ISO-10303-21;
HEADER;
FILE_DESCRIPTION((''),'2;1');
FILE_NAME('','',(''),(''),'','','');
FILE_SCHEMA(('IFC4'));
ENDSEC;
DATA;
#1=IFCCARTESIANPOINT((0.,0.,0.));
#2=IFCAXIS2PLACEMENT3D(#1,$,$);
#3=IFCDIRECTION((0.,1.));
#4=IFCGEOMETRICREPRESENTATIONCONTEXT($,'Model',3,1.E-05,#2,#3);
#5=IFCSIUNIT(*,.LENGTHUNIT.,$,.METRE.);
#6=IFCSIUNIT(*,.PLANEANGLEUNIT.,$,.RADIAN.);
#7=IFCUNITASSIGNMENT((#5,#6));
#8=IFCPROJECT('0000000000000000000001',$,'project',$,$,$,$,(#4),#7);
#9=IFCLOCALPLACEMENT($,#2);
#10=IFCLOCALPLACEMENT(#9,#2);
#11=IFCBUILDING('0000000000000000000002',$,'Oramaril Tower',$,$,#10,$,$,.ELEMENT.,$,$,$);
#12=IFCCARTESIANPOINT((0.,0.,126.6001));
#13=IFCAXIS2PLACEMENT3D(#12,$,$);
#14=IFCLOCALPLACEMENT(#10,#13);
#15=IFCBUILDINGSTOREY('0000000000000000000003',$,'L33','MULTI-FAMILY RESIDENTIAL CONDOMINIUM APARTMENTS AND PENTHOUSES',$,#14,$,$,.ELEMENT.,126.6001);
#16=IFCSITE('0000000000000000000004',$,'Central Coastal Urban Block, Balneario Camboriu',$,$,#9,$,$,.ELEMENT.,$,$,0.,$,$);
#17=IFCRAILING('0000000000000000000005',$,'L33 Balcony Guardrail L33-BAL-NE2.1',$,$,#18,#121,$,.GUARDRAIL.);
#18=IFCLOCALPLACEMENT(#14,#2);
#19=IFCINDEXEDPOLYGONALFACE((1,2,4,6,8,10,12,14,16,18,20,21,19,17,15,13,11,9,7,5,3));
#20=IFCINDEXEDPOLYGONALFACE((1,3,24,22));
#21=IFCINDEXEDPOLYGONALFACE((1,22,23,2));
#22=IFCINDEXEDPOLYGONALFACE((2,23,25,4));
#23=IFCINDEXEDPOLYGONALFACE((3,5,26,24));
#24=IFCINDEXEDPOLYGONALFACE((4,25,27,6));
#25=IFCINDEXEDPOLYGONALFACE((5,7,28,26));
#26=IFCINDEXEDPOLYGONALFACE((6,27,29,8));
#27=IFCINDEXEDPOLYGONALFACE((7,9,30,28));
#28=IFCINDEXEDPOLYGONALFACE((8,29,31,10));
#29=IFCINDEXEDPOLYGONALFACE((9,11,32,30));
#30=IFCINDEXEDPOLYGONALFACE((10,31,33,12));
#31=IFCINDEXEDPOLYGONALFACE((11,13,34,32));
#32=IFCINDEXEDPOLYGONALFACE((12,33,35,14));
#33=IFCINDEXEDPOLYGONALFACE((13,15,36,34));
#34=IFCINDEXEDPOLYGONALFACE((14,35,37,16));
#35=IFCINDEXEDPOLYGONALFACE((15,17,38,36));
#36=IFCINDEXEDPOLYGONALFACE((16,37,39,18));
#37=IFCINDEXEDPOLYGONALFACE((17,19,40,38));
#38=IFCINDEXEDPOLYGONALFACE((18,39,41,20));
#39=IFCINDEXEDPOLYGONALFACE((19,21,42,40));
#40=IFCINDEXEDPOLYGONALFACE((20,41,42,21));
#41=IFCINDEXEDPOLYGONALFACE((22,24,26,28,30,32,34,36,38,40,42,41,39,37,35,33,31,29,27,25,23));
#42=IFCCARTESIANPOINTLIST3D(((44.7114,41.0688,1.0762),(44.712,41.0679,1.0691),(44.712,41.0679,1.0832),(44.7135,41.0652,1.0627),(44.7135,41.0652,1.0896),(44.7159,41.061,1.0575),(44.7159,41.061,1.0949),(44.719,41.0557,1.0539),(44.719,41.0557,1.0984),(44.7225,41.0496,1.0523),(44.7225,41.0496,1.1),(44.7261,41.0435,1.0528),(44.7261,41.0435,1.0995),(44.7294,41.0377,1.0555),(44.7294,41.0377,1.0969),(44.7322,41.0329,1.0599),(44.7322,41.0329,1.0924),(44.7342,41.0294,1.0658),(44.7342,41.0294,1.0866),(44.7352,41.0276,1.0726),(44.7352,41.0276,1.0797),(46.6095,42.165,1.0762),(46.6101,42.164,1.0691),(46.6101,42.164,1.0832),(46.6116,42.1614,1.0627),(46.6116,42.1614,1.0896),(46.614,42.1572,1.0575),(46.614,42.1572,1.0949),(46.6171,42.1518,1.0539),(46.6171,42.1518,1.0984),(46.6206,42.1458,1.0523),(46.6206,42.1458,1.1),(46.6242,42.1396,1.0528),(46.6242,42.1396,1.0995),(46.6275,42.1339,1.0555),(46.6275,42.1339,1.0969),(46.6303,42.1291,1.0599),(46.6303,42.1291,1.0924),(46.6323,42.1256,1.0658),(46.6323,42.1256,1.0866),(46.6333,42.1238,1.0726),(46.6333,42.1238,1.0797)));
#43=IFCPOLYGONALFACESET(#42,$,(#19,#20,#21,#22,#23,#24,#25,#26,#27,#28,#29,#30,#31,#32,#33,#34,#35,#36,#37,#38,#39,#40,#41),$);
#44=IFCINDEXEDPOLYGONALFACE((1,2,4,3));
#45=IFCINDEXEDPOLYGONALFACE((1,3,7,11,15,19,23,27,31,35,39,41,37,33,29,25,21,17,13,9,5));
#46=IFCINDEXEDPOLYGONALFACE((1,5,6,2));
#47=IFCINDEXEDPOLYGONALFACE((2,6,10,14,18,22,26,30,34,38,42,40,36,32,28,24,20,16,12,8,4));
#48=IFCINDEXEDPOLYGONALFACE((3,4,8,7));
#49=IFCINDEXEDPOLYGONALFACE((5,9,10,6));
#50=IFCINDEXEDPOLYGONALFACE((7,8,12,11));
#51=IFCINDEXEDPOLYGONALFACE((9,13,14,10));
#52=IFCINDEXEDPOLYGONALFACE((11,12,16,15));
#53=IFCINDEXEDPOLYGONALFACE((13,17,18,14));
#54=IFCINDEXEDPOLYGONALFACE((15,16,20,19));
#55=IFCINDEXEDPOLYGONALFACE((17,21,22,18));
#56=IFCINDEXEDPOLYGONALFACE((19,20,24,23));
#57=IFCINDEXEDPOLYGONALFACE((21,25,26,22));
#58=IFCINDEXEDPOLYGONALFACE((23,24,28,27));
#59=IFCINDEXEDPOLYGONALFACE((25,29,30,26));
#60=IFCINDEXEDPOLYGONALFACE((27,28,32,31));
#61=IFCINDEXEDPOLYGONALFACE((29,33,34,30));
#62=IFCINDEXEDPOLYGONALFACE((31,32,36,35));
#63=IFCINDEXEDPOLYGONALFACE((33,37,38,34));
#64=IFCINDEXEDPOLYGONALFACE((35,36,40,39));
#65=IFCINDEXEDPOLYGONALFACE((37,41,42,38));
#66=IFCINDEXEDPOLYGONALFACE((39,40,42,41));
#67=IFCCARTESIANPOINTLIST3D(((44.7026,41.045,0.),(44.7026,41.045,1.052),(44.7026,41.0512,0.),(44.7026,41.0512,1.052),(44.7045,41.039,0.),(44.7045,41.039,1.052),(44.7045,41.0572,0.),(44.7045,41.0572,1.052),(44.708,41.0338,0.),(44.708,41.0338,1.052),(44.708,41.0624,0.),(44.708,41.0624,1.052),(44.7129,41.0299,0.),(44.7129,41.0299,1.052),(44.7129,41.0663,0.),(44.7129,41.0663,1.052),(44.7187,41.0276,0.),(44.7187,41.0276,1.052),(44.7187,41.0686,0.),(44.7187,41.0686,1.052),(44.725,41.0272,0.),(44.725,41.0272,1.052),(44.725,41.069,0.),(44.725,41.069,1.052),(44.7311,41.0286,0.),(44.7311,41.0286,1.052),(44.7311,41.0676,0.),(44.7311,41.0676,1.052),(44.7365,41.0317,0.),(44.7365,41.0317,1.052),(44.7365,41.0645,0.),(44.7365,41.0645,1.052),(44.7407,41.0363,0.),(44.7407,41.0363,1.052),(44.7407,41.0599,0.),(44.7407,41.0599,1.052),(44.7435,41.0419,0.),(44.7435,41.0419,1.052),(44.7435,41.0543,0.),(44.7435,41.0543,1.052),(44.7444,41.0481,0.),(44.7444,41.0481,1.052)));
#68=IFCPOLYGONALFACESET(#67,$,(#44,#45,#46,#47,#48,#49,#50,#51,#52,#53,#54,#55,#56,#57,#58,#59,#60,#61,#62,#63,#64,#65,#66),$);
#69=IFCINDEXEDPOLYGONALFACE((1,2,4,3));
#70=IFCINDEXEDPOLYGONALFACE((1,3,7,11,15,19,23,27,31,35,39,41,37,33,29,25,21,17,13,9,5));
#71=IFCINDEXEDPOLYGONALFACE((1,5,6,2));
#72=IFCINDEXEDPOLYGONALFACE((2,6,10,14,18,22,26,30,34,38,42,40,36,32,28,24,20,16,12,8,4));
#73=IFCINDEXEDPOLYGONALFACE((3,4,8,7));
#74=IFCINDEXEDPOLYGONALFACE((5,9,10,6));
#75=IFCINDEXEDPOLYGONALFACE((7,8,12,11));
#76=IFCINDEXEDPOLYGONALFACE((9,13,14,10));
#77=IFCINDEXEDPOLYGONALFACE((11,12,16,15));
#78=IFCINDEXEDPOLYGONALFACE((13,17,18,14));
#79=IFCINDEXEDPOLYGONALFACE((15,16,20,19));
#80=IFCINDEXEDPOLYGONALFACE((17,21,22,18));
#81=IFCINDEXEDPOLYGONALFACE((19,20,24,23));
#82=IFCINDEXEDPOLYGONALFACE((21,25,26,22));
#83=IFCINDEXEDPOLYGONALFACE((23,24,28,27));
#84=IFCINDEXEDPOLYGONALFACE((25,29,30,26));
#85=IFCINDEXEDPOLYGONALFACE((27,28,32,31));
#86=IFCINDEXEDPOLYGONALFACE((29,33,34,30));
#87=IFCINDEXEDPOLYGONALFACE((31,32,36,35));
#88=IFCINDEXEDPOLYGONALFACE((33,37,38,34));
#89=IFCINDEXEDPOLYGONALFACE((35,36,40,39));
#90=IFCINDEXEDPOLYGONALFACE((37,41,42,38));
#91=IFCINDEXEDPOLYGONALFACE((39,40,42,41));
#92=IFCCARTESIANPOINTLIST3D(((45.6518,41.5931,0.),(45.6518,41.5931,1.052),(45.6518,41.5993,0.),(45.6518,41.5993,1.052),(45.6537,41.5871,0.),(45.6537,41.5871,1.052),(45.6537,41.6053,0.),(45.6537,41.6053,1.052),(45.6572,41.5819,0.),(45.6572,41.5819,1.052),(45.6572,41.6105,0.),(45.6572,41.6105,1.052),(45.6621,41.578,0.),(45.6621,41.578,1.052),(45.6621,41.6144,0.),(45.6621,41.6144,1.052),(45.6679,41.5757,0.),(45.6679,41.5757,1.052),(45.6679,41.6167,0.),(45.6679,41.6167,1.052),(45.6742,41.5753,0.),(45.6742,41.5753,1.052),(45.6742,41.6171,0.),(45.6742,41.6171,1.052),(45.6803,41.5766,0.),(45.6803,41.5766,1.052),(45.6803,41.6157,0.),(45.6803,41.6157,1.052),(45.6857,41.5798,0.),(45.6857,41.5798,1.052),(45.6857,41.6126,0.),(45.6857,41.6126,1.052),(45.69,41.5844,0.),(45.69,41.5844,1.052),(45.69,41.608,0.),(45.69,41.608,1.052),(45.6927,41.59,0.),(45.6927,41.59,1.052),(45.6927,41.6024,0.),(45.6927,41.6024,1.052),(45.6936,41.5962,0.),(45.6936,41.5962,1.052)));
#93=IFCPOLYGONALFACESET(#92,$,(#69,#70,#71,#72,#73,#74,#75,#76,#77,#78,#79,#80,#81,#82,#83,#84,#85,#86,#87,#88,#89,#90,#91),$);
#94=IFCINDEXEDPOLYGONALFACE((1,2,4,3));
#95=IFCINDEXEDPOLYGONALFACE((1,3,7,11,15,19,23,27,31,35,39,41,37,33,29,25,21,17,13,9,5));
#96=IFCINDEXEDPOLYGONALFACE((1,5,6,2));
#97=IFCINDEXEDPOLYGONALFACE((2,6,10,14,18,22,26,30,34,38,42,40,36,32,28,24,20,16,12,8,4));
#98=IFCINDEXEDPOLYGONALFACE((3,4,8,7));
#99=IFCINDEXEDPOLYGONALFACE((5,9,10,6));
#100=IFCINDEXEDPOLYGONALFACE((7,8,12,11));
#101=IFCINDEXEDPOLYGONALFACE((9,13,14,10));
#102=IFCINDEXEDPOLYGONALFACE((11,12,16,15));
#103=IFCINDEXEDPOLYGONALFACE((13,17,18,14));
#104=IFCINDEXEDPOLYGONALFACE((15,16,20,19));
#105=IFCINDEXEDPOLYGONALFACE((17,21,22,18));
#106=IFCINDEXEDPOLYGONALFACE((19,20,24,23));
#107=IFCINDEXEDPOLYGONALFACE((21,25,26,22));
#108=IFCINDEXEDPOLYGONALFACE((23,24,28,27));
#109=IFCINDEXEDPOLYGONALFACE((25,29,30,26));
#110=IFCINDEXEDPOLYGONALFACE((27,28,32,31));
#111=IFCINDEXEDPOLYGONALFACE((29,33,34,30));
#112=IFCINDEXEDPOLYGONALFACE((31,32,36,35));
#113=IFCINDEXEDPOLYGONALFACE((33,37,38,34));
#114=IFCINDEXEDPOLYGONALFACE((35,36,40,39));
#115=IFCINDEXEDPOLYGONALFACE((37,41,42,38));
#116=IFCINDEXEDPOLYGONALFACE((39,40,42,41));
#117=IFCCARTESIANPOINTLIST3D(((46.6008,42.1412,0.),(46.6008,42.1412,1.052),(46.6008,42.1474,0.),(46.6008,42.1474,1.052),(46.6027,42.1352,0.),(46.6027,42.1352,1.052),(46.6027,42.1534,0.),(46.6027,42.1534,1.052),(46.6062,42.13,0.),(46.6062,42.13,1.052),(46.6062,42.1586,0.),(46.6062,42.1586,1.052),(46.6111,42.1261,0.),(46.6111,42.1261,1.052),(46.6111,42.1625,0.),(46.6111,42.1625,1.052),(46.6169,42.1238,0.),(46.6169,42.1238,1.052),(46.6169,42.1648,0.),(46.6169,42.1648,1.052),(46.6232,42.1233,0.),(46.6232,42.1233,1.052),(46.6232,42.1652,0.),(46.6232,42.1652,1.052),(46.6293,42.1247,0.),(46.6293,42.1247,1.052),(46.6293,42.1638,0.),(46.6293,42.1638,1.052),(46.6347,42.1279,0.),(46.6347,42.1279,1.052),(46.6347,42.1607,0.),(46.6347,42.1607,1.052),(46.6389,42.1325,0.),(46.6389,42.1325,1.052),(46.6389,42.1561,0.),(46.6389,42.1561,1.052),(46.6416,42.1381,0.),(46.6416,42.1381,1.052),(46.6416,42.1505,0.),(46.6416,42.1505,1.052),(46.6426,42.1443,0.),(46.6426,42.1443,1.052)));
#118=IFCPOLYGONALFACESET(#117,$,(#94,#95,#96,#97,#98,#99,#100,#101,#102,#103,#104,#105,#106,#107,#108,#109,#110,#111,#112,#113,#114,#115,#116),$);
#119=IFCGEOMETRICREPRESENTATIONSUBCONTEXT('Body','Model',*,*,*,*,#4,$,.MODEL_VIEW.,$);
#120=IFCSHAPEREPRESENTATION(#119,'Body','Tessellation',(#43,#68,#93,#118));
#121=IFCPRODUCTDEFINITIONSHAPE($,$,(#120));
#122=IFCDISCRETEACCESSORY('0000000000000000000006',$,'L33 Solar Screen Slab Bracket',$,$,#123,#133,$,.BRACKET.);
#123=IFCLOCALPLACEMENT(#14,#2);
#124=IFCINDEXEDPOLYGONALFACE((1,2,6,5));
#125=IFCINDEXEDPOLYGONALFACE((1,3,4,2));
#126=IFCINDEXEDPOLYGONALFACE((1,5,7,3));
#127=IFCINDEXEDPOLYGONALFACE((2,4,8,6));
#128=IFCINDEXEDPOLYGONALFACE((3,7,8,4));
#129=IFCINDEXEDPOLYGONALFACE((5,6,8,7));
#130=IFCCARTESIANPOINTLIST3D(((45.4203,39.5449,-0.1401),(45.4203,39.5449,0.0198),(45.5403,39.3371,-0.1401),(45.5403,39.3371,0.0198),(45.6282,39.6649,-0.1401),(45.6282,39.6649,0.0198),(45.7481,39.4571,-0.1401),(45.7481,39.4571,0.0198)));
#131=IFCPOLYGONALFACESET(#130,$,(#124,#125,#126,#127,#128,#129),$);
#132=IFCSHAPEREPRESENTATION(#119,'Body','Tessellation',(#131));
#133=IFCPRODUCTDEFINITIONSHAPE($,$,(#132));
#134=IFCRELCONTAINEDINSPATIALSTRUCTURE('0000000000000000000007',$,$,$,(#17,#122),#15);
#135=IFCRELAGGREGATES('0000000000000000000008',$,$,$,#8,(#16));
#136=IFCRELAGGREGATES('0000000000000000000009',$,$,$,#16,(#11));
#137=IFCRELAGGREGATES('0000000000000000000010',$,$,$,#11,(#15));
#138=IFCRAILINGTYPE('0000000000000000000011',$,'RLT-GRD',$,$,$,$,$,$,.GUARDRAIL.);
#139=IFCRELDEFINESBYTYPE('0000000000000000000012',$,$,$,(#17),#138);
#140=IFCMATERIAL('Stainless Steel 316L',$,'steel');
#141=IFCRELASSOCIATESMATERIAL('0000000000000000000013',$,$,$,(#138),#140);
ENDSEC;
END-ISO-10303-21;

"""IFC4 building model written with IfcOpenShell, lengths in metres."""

from ifc_helpers import new_model, si_unit, direction, frame, origin, origin_2d, place, context, subcontext, project, spatial, rectangle, circle, extrude, material, type_object, element, save


model = new_model("IFC4")

# Units and contexts
model_context = context("Model", 3, precision=1e-05, world=origin(), true_north=direction((0.0, 1.0)))
body_context = subcontext(model_context, "Body", "Model", "MODEL_VIEW")
ifc_project = project(units=[si_unit("LENGTHUNIT", "METRE"), si_unit("PLANEANGLEUNIT", "RADIAN")], contexts=[model_context])

# Site, building, storey
site_placement = place(None, origin())
site = spatial("IfcSite", under=ifc_project, at=site_placement, Name="Central Coastal Urban Block, Balneario Camboriu", CompositionType="ELEMENT", RefElevation=0.0)
building_placement = place(site_placement, origin())
building = spatial("IfcBuilding", under=site, at=building_placement, Name="Oramaril Tower", CompositionType="ELEMENT")
storey_placement = place(building_placement, frame((0.0, 0.0, 126.6001)))
storey = spatial("IfcBuildingStorey", under=building, at=storey_placement, Name="L33", Description="MULTI-FAMILY RESIDENTIAL CONDOMINIUM APARTMENTS AND PENTHOUSES", CompositionType="ELEMENT", Elevation=126.6001)

# Railing
ifc_material_1 = material(Name="Stainless Steel 316L", Category="steel")
railing_type = type_object("IfcRailingType", Name="RLT-GRD", PredefinedType="GUARDRAIL", material=ifc_material_1)
railing_placement = place(storey_placement, frame((44.7234, 41.0481, 0.0)))
element("IfcRailing", 1, at=railing_placement, inside=storey, type_object=railing_type, Name="L33 Balcony Guardrail L33-BAL-NE2.1", PredefinedType="GUARDRAIL", context=body_context, shape_type="SweptSolid", body=[
    extrude(circle(Radius=0.0239, at=origin_2d()), frame((0.0, 0.0, 1.0762), z_axis=(0.865972, 0.500092, 0.0), x_axis=(-0.500092, 0.865972, 0.0)), (0.0, 0.0, 1.0), 2.1919),
    extrude(circle(Radius=0.021, at=origin_2d()), origin(), (0.0, 0.0, 1.0), 1.052),
    extrude(circle(Radius=0.021, at=origin_2d()), frame((0.9492, 0.5481, 0.0)), (0.0, 0.0, 1.0), 1.052),
    extrude(circle(Radius=0.021, at=origin_2d()), frame((1.8982, 1.0962, 0.0)), (0.0, 0.0, 1.0), 1.052),
])

# Discrete accessory
discrete_accessory_placement = place(storey_placement, frame((45.5842, 39.501, -0.1401), z_axis=(0.0, 0.0, 1.0), x_axis=(-0.499998, 0.866026, 0.0)))
element("IfcDiscreteAccessory", 2, at=discrete_accessory_placement, inside=storey, Name="L33 Solar Screen Slab Bracket", PredefinedType="BRACKET", context=body_context, shape_type="SweptSolid", body=[
    extrude(rectangle(XDim=0.24, YDim=0.24, at=origin_2d()), origin(), (0.0, 0.0, 1.0), 0.1599),
])

save(model, "model.ifc")
